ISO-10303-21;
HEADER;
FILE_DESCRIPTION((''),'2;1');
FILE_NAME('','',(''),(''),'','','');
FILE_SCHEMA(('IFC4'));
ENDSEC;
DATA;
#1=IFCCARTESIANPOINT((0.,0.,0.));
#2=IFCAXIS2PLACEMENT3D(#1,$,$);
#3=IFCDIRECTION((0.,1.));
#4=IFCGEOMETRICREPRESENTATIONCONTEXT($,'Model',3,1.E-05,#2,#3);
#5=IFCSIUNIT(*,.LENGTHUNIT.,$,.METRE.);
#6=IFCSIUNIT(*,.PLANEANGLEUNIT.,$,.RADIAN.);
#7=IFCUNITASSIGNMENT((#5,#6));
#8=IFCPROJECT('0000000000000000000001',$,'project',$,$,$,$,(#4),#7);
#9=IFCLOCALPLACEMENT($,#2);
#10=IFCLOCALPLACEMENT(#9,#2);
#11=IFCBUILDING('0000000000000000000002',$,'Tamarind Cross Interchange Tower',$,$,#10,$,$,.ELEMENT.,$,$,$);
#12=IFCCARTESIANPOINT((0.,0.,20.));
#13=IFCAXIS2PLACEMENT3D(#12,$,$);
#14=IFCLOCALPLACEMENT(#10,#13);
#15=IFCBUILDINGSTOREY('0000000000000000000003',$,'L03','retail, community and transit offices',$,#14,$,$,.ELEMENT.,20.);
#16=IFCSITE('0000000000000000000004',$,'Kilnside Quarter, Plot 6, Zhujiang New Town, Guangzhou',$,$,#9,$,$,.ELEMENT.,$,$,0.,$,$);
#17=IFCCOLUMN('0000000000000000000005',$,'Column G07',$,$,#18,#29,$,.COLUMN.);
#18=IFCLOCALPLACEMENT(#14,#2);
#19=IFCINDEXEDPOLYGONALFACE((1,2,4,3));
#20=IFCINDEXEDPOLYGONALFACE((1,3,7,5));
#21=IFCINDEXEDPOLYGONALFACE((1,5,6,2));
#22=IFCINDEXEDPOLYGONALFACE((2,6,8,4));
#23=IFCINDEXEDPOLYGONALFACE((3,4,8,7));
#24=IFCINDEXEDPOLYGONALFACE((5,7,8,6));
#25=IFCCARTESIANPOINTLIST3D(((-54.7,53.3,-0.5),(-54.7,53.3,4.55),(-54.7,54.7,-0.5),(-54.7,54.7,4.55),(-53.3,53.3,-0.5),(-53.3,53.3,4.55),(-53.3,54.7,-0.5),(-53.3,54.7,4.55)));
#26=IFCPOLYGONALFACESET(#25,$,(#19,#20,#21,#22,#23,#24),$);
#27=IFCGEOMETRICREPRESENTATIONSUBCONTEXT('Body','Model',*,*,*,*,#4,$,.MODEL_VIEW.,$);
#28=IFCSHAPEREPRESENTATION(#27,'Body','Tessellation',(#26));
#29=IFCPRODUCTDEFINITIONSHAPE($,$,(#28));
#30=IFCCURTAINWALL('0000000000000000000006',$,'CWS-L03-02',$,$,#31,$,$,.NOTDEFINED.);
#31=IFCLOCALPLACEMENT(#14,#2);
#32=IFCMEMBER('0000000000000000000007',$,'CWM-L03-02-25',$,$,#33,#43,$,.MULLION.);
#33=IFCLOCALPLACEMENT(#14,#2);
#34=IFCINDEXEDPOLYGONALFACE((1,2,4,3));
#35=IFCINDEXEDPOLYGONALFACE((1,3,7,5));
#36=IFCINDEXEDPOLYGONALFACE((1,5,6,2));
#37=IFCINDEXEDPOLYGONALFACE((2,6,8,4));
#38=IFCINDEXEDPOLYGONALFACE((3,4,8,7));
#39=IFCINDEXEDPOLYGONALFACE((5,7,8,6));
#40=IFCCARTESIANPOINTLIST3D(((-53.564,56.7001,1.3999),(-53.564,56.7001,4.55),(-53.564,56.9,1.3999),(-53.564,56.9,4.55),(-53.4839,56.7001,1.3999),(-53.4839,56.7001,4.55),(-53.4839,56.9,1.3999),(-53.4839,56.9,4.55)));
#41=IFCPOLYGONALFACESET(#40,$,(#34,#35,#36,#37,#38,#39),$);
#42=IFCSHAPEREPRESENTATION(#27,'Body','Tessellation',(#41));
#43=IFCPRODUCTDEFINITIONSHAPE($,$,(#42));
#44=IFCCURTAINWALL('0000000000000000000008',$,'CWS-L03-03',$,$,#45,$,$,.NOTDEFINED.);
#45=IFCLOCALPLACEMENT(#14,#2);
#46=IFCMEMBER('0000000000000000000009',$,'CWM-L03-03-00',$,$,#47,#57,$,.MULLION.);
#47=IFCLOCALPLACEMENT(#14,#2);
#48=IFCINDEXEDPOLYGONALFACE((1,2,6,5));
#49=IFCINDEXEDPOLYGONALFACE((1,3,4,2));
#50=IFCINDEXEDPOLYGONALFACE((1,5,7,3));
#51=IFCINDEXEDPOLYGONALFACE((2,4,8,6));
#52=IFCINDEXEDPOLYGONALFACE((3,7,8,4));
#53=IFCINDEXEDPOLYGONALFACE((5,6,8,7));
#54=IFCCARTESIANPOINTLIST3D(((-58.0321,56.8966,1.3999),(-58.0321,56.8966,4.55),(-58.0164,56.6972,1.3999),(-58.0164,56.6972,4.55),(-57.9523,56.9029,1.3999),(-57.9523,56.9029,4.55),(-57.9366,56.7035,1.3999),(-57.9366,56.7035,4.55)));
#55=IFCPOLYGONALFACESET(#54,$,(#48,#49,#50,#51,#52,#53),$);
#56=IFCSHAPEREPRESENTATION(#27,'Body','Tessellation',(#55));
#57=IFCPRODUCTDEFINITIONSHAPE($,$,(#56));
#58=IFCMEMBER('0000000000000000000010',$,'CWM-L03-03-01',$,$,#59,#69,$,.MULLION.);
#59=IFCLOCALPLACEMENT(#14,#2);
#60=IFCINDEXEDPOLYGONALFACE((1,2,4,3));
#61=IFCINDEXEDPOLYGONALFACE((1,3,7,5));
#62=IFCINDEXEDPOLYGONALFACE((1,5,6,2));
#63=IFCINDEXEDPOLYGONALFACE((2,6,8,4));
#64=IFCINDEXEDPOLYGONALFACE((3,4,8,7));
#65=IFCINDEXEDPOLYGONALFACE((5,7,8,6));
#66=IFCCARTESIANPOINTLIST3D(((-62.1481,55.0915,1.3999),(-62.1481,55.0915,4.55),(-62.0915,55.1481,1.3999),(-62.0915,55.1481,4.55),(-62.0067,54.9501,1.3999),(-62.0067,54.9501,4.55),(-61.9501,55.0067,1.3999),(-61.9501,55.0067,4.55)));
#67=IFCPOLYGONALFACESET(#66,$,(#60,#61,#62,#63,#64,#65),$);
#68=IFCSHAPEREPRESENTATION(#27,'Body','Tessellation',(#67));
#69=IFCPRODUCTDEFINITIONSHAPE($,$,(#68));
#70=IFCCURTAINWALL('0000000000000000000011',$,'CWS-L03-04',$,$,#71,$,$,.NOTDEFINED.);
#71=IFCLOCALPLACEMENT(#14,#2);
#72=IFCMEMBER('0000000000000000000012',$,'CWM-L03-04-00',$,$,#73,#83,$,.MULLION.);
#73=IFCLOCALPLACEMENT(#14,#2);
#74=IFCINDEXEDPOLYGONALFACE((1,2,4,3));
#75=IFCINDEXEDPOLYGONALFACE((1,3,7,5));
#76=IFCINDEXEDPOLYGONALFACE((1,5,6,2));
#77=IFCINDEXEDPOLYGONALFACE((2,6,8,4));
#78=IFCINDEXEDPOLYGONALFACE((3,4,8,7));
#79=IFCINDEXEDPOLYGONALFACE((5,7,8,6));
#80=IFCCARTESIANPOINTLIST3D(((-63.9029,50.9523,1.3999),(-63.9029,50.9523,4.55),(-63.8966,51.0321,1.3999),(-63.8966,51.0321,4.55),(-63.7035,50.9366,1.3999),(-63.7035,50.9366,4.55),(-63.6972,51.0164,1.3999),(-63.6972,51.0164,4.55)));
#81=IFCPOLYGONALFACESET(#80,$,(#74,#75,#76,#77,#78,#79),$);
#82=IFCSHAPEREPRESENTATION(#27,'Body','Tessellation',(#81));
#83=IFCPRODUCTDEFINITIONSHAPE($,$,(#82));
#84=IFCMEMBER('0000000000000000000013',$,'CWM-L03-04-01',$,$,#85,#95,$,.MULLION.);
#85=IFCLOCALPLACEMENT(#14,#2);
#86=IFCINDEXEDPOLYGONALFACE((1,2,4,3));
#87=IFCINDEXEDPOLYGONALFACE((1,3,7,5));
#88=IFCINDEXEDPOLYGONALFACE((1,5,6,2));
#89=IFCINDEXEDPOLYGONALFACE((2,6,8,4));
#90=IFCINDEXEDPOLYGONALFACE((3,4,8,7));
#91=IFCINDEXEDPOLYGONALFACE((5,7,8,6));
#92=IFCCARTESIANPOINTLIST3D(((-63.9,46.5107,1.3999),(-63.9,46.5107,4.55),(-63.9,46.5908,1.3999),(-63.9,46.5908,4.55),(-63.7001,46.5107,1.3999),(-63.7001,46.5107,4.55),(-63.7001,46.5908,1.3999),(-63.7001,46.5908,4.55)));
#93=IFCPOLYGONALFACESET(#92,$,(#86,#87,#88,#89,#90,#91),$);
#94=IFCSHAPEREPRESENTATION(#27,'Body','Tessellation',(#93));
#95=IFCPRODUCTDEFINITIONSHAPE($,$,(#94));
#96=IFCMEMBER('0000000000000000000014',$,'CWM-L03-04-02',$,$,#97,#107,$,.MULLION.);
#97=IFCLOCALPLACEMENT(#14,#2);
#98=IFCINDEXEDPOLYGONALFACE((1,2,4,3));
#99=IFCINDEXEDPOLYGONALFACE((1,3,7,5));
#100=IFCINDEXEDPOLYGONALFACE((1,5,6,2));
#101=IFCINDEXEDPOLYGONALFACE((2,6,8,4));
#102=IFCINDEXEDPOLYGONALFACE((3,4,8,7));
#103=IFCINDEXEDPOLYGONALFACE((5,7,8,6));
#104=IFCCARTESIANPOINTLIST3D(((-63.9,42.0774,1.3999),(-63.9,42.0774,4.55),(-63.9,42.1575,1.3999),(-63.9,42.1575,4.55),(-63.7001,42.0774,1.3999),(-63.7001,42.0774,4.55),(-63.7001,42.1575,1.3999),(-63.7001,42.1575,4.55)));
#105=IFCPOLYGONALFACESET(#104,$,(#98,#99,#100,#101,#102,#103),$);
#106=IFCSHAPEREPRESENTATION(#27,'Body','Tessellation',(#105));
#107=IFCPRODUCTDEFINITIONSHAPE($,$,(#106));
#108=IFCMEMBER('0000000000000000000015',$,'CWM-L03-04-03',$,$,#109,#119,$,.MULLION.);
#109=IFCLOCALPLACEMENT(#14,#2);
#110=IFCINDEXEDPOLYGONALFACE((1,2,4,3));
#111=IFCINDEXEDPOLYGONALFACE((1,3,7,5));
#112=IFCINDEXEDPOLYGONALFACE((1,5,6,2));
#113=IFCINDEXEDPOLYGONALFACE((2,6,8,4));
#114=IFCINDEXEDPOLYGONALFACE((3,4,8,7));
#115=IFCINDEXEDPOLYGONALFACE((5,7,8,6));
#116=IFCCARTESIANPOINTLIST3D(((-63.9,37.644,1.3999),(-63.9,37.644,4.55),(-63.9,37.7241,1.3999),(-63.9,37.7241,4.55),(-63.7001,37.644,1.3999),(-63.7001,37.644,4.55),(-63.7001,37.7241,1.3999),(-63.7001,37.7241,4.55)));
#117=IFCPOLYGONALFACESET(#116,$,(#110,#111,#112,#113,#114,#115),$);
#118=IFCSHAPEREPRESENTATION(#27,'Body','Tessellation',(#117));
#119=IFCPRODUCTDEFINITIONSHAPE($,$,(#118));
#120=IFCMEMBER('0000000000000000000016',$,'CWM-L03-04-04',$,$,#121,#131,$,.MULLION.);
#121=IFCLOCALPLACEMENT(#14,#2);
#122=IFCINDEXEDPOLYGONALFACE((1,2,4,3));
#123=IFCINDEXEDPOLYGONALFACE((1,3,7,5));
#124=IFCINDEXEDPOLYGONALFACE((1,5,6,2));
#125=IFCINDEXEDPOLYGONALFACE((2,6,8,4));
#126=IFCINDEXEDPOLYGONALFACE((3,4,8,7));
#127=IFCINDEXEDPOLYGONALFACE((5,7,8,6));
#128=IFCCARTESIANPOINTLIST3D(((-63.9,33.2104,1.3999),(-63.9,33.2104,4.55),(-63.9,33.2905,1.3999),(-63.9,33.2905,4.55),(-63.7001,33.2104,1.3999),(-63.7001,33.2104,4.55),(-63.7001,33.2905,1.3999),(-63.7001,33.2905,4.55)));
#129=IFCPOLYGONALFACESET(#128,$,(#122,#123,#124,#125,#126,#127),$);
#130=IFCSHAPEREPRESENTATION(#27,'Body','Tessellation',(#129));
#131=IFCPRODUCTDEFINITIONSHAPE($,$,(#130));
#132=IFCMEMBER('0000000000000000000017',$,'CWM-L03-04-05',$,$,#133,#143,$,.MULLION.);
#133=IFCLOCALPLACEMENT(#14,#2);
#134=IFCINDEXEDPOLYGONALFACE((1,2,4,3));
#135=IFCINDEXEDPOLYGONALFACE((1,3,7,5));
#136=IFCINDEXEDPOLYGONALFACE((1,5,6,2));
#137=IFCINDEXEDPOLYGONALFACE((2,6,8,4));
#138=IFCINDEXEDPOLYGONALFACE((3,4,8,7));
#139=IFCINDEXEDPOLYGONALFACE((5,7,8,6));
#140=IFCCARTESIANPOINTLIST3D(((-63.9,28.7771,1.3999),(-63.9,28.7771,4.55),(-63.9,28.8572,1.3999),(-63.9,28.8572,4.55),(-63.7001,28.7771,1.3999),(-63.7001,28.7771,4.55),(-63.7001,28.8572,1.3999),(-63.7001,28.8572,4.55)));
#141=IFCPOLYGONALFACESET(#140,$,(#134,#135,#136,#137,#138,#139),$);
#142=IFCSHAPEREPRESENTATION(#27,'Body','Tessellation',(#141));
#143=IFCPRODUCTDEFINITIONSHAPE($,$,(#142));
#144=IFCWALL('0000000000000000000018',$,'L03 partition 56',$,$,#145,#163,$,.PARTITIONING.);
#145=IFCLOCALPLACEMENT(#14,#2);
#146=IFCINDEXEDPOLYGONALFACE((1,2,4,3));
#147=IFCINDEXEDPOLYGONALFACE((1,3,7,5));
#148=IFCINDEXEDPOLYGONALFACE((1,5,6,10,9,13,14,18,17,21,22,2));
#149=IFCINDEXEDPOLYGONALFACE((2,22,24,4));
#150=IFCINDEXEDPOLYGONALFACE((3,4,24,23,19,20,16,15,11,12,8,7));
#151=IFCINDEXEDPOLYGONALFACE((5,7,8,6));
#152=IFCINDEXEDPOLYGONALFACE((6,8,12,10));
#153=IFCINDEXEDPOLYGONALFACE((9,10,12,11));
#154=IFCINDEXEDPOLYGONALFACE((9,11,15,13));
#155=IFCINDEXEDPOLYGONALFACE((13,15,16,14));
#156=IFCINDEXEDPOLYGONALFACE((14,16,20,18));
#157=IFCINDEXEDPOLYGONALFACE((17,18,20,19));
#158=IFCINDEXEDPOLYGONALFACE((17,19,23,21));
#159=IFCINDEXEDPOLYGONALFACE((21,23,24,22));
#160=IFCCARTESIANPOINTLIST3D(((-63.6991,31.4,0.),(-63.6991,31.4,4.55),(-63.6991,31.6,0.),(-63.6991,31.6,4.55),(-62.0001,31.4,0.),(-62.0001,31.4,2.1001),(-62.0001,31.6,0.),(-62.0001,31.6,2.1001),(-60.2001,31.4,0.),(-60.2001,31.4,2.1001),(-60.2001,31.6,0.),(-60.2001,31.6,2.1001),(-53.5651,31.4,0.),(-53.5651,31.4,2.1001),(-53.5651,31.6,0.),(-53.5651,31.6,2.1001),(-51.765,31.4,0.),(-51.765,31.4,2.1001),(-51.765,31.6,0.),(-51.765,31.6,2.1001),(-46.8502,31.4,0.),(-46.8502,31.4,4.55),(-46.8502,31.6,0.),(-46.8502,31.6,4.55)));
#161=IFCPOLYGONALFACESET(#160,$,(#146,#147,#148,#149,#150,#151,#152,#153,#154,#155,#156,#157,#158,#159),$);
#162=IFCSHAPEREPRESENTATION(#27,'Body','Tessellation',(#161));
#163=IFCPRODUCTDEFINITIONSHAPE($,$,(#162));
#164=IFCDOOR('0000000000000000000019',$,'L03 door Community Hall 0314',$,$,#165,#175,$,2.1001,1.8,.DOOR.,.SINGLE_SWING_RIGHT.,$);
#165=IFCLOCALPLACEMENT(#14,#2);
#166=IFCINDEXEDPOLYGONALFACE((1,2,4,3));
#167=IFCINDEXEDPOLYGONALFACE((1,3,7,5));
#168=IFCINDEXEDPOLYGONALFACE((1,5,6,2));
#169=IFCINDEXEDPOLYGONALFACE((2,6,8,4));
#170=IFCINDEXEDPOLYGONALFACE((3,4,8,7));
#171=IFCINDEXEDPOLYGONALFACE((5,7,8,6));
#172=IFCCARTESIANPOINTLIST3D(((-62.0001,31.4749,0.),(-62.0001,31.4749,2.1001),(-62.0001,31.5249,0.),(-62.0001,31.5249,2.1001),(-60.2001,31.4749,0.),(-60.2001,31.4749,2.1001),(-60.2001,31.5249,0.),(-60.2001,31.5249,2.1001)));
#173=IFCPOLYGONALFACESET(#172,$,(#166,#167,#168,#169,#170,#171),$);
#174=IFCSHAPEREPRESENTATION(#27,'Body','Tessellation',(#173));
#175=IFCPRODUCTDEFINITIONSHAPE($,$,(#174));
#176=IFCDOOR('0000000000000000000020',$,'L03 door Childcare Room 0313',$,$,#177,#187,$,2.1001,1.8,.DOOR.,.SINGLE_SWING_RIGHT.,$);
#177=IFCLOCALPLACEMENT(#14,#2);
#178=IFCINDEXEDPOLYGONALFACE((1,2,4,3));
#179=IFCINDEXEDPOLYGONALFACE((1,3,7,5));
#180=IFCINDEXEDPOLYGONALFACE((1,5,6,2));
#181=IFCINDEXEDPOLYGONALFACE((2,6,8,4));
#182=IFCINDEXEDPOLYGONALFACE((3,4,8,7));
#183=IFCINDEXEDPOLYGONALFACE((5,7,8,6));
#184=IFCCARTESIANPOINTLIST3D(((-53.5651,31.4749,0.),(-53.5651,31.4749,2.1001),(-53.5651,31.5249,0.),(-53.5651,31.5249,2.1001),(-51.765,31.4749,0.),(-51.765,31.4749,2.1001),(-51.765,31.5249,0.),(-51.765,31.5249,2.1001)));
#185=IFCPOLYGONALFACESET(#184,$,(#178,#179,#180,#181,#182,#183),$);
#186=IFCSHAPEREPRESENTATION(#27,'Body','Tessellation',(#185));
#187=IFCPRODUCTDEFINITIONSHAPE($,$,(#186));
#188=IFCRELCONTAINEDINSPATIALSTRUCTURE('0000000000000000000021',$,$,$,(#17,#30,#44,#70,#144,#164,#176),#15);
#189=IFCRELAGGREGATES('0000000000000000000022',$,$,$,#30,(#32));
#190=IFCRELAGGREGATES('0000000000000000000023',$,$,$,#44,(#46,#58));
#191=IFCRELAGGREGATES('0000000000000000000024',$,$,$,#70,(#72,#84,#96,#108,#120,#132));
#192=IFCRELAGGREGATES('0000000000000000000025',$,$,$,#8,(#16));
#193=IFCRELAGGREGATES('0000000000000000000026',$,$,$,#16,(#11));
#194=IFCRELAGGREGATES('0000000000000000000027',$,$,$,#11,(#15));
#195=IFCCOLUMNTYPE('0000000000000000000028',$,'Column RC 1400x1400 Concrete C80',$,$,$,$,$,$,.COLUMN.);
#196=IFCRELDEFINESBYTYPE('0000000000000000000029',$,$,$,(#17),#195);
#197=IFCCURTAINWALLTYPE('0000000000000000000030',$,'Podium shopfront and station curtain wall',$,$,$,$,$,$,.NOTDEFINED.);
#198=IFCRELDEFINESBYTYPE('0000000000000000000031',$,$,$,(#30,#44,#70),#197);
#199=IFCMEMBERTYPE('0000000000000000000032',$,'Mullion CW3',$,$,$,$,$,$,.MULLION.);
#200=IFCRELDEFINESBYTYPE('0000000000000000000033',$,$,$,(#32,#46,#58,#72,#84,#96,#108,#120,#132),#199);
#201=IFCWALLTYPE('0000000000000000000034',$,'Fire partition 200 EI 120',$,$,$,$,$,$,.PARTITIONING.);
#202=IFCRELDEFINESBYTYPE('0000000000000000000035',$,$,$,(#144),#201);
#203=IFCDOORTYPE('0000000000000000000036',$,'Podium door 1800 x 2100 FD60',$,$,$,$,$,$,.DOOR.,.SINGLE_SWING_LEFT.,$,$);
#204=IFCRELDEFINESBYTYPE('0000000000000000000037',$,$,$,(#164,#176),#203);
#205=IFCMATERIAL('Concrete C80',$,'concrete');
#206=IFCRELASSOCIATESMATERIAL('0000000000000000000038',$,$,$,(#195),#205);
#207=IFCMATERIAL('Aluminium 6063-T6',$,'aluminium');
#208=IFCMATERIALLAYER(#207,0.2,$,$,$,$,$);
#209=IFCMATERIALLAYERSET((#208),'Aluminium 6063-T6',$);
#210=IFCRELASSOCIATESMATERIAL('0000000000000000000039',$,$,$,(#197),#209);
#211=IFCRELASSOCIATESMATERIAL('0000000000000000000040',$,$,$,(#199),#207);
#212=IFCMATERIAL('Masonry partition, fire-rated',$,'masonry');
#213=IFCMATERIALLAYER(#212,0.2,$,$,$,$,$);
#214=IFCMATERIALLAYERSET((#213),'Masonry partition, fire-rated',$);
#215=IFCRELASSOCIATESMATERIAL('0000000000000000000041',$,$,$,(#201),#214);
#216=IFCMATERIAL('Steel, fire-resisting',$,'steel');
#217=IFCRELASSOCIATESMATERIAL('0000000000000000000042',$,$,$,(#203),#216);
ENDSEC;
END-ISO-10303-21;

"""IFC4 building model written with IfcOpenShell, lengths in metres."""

from ifc_helpers import new_model, si_unit, direction, frame, frame_2d, origin, origin_2d, place, context, subcontext, project, spatial, rectangle, extrude, material, layer, layer_set, material_profile, profile_set, type_object, element, fill, aggregate, save


model = new_model("IFC4")

# Units and contexts
model_context = context("Model", 3, precision=1e-05, world=origin(), true_north=direction((0.0, 1.0)))
body_context = subcontext(model_context, "Body", "Model", "MODEL_VIEW")
ifc_project = project(units=[si_unit("LENGTHUNIT", "METRE"), si_unit("PLANEANGLEUNIT", "RADIAN")], contexts=[model_context])

# Site, building, storey
site_placement = place(None, origin())
site = spatial("IfcSite", under=ifc_project, at=site_placement, Name="Kilnside Quarter, Plot 6, Zhujiang New Town, Guangzhou", CompositionType="ELEMENT", RefElevation=0.0)
building_placement = place(site_placement, origin())
building = spatial("IfcBuilding", under=site, at=building_placement, Name="Tamarind Cross Interchange Tower", CompositionType="ELEMENT")
storey_placement = place(building_placement, frame((0.0, 0.0, 20.0)))
storey = spatial("IfcBuildingStorey", under=building, at=storey_placement, Name="L03", Description="retail, community and transit offices", CompositionType="ELEMENT", Elevation=20.0)

# Column
ifc_material_1 = material(Name="Concrete C80", Category="concrete")
ifc_material_profile_1 = material_profile(ifc_material_1, rectangle(XDim=1.3999, YDim=1.3999, at=origin_2d()), Name="RC 1400x1400")
ifc_profile_set_1 = profile_set([ifc_material_profile_1], Name="Concrete C80")
column_type = type_object("IfcColumnType", Name="Column RC 1400x1400 Concrete C80", PredefinedType="COLUMN", material=ifc_profile_set_1)
column_placement = place(storey_placement, frame((-54.0, 54.0, -0.5), z_axis=(0.0, 0.0, 1.0), x_axis=(1.0, 0.0, 0.0)))
element("IfcColumn", 1, at=column_placement, inside=storey, type_object=column_type, Name="Column G07", PredefinedType="COLUMN", context=body_context, shape_type="SweptSolid", body=[
    extrude(rectangle(XDim=1.3999, YDim=1.3999, at=origin_2d()), origin(), (0.0, 0.0, 1.0), 5.05),
])

# Curtain wall, member
ifc_material_2 = material(Name="Aluminium 6063-T6", Category="aluminium")
ifc_layer_1 = layer(ifc_material_2, 0.2)
ifc_layer_set_1 = layer_set([ifc_layer_1], Name="Aluminium 6063-T6")
curtain_wall_type = type_object("IfcCurtainWallType", Name="Podium shopfront and station curtain wall", PredefinedType="NOTDEFINED", material=ifc_layer_set_1)
curtain_wall_1_placement = place(storey_placement, origin())
curtain_wall_1 = element("IfcCurtainWall", 2, at=curtain_wall_1_placement, inside=storey, type_object=curtain_wall_type, Name="CWS-L03-02", PredefinedType="NOTDEFINED")
ifc_material_profile_2 = material_profile(ifc_material_2, rectangle(XDim=0.0801, YDim=0.2, at=origin_2d()), Name="Mullion CW3")
ifc_profile_set_2 = profile_set([ifc_material_profile_2], Name="Aluminium 6063-T6")
member_type = type_object("IfcMemberType", Name="Mullion CW3", PredefinedType="MULLION", material=ifc_profile_set_2)
member_1_placement = place(storey_placement, frame((-53.5239, 56.8, 1.3999), z_axis=(0.0, 0.0, 1.0), x_axis=(-1.0, 0.0, 0.0)))
member_1 = element("IfcMember", 3, at=member_1_placement, type_object=member_type, Name="CWM-L03-02-25", PredefinedType="MULLION", context=body_context, shape_type="SweptSolid", body=[
    extrude(rectangle(XDim=0.0801, YDim=0.2, at=origin_2d()), origin(), (0.0, 0.0, 1.0), 3.1501),
])
aggregate(curtain_wall_1, [member_1])

# Curtain walls, members
curtain_wall_2_placement = place(storey_placement, origin())
curtain_wall_2 = element("IfcCurtainWall", 4, at=curtain_wall_2_placement, inside=storey, type_object=curtain_wall_type, Name="CWS-L03-03", PredefinedType="NOTDEFINED")
member_2_placement = place(storey_placement, frame((-57.9844, 56.8, 1.3999), z_axis=(0.0, 0.0, 1.0), x_axis=(-0.996917, -0.078459, 0.0)))
member_2 = element("IfcMember", 5, at=member_2_placement, type_object=member_type, Name="CWM-L03-03-00", PredefinedType="MULLION", context=body_context, shape_type="SweptSolid", body=[
    extrude(rectangle(XDim=0.0801, YDim=0.2, at=origin_2d()), origin(), (0.0, 0.0, 1.0), 3.1501),
])
member_3_placement = place(storey_placement, frame((-62.0491, 55.0491, 1.3999), z_axis=(0.0, 0.0, 1.0), x_axis=(-0.707107, -0.707107, 0.0)))
member_3 = element("IfcMember", 6, at=member_3_placement, type_object=member_type, Name="CWM-L03-03-01", PredefinedType="MULLION", context=body_context, shape_type="SweptSolid", body=[
    extrude(rectangle(XDim=0.0801, YDim=0.2, at=origin_2d()), origin(), (0.0, 0.0, 1.0), 3.1501),
])
aggregate(curtain_wall_2, [member_2, member_3])
curtain_wall_3_placement = place(storey_placement, origin())
curtain_wall_3 = element("IfcCurtainWall", 7, at=curtain_wall_3_placement, inside=storey, type_object=curtain_wall_type, Name="CWS-L03-04", PredefinedType="NOTDEFINED")
member_4_placement = place(storey_placement, frame((-63.8, 50.9844, 1.3999), z_axis=(0.0, 0.0, 1.0), x_axis=(-0.078459, -0.996917, 0.0)))
member_4 = element("IfcMember", 8, at=member_4_placement, type_object=member_type, Name="CWM-L03-04-00", PredefinedType="MULLION", context=body_context, shape_type="SweptSolid", body=[
    extrude(rectangle(XDim=0.0801, YDim=0.2, at=origin_2d()), origin(), (0.0, 0.0, 1.0), 3.1501),
])
member_5_placement = place(storey_placement, frame((-63.8, 46.5508, 1.3999), z_axis=(0.0, 0.0, 1.0), x_axis=(0.0, -1.0, 0.0)))
member_5 = element("IfcMember", 9, at=member_5_placement, type_object=member_type, Name="CWM-L03-04-01", PredefinedType="MULLION", context=body_context, shape_type="SweptSolid", body=[
    extrude(rectangle(XDim=0.0801, YDim=0.2, at=origin_2d()), origin(), (0.0, 0.0, 1.0), 3.1501),
])
member_6_placement = place(storey_placement, frame((-63.8, 42.1174, 1.3999), z_axis=(0.0, 0.0, 1.0), x_axis=(0.0, -1.0, 0.0)))
member_6 = element("IfcMember", 10, at=member_6_placement, type_object=member_type, Name="CWM-L03-04-02", PredefinedType="MULLION", context=body_context, shape_type="SweptSolid", body=[
    extrude(rectangle(XDim=0.0801, YDim=0.2, at=origin_2d()), origin(), (0.0, 0.0, 1.0), 3.1501),
])
member_7_placement = place(storey_placement, frame((-63.8, 37.6841, 1.3999), z_axis=(0.0, 0.0, 1.0), x_axis=(0.0, -1.0, 0.0)))
member_7 = element("IfcMember", 11, at=member_7_placement, type_object=member_type, Name="CWM-L03-04-03", PredefinedType="MULLION", context=body_context, shape_type="SweptSolid", body=[
    extrude(rectangle(XDim=0.0801, YDim=0.2, at=origin_2d()), origin(), (0.0, 0.0, 1.0), 3.1501),
])
member_8_placement = place(storey_placement, frame((-63.8, 33.2505, 1.3999), z_axis=(0.0, 0.0, 1.0), x_axis=(0.0, -1.0, 0.0)))
member_8 = element("IfcMember", 12, at=member_8_placement, type_object=member_type, Name="CWM-L03-04-04", PredefinedType="MULLION", context=body_context, shape_type="SweptSolid", body=[
    extrude(rectangle(XDim=0.0801, YDim=0.2, at=origin_2d()), origin(), (0.0, 0.0, 1.0), 3.1501),
])
member_9_placement = place(storey_placement, frame((-63.8, 28.8171, 1.3999), z_axis=(0.0, 0.0, 1.0), x_axis=(0.0, -1.0, 0.0)))
member_9 = element("IfcMember", 13, at=member_9_placement, type_object=member_type, Name="CWM-L03-04-05", PredefinedType="MULLION", context=body_context, shape_type="SweptSolid", body=[
    extrude(rectangle(XDim=0.0801, YDim=0.2, at=origin_2d()), origin(), (0.0, 0.0, 1.0), 3.1501),
])
aggregate(curtain_wall_3, [member_4, member_5, member_6, member_7, member_8, member_9])

# Wall, openings, doors
ifc_material_3 = material(Name="Masonry partition, fire-rated", Category="masonry")
ifc_layer_2 = layer(ifc_material_3, 0.2)
ifc_layer_set_2 = layer_set([ifc_layer_2], Name="Masonry partition, fire-rated")
wall_type_1 = type_object("IfcWallType", Name="Fire partition 200 EI 120", PredefinedType="PARTITIONING", material=ifc_layer_set_2)
wall_1_placement = place(storey_placement, frame((-63.699, 31.5, 0.0), z_axis=(0.0, 0.0, 1.0), x_axis=(1.0, 0.0, 0.0)))
wall_1 = element("IfcWall", 14, at=wall_1_placement, inside=storey, type_object=wall_type_1, Name="L03 partition 56", PredefinedType="PARTITIONING", context=body_context, shape_type="SweptSolid", body=[
    extrude(rectangle(XDim=16.8489, YDim=0.2, at=frame_2d((8.4243, 0.0))), origin(), (0.0, 0.0, 1.0), 4.55),
])
opening_1_placement = place(wall_1_placement, frame((1.699, 0.0, 0.0)))
opening_1 = element("IfcOpeningElement", 15, at=opening_1_placement, cuts=wall_1, PredefinedType="OPENING", context=body_context, shape_type="SweptSolid", body=[
    extrude(rectangle(XDim=1.8, YDim=2.1001, at=frame_2d((0.8999, 1.05))), frame((0.0, 0.1099, 0.0), z_axis=(0.0, -1.0, 0.0), x_axis=(1.0, 0.0, 0.0)), (0.0, 0.0, 1.0), 0.22),
])
opening_2_placement = place(wall_1_placement, frame((10.134, 0.0, 0.0)))
opening_2 = element("IfcOpeningElement", 16, at=opening_2_placement, cuts=wall_1, PredefinedType="OPENING", context=body_context, shape_type="SweptSolid", body=[
    extrude(rectangle(XDim=1.8, YDim=2.1001, at=frame_2d((0.8999, 1.05))), frame((0.0, 0.1099, 0.0), z_axis=(0.0, -1.0, 0.0), x_axis=(1.0, 0.0, 0.0)), (0.0, 0.0, 1.0), 0.22),
])
ifc_material_4 = material(Name="Steel, fire-resisting", Category="steel")
door_type_1 = type_object("IfcDoorType", Name="Podium door 1800 x 2100 FD60", OperationType="SINGLE_SWING_LEFT", PredefinedType="DOOR", material=ifc_material_4)
door_1_placement = place(opening_1_placement, origin())
door_1 = element("IfcDoor", 17, at=door_1_placement, inside=storey, type_object=door_type_1, Name="L03 door Community Hall 0314", OperationType="SINGLE_SWING_RIGHT", OverallHeight=2.1001, OverallWidth=1.8, PredefinedType="DOOR", context=body_context, shape_type="SweptSolid", body=[
    extrude(rectangle(XDim=1.8, YDim=2.1001, at=frame_2d((0.8999, 1.05))), frame((0.0, 0.0249, 0.0), z_axis=(0.0, -1.0, 0.0), x_axis=(1.0, 0.0, 0.0)), (0.0, 0.0, 1.0), 0.05),
])
fill(opening_1, door_1)
door_2_placement = place(opening_2_placement, origin())
door_2 = element("IfcDoor", 18, at=door_2_placement, inside=storey, type_object=door_type_1, Name="L03 door Childcare Room 0313", OperationType="SINGLE_SWING_RIGHT", OverallHeight=2.1001, OverallWidth=1.8, PredefinedType="DOOR", context=body_context, shape_type="SweptSolid", body=[
    extrude(rectangle(XDim=1.8, YDim=2.1001, at=frame_2d((0.8999, 1.05))), frame((0.0, 0.0249, 0.0), z_axis=(0.0, -1.0, 0.0), x_axis=(1.0, 0.0, 0.0)), (0.0, 0.0, 1.0), 0.05),
])
fill(opening_2, door_2)

save(model, "model.ifc")
